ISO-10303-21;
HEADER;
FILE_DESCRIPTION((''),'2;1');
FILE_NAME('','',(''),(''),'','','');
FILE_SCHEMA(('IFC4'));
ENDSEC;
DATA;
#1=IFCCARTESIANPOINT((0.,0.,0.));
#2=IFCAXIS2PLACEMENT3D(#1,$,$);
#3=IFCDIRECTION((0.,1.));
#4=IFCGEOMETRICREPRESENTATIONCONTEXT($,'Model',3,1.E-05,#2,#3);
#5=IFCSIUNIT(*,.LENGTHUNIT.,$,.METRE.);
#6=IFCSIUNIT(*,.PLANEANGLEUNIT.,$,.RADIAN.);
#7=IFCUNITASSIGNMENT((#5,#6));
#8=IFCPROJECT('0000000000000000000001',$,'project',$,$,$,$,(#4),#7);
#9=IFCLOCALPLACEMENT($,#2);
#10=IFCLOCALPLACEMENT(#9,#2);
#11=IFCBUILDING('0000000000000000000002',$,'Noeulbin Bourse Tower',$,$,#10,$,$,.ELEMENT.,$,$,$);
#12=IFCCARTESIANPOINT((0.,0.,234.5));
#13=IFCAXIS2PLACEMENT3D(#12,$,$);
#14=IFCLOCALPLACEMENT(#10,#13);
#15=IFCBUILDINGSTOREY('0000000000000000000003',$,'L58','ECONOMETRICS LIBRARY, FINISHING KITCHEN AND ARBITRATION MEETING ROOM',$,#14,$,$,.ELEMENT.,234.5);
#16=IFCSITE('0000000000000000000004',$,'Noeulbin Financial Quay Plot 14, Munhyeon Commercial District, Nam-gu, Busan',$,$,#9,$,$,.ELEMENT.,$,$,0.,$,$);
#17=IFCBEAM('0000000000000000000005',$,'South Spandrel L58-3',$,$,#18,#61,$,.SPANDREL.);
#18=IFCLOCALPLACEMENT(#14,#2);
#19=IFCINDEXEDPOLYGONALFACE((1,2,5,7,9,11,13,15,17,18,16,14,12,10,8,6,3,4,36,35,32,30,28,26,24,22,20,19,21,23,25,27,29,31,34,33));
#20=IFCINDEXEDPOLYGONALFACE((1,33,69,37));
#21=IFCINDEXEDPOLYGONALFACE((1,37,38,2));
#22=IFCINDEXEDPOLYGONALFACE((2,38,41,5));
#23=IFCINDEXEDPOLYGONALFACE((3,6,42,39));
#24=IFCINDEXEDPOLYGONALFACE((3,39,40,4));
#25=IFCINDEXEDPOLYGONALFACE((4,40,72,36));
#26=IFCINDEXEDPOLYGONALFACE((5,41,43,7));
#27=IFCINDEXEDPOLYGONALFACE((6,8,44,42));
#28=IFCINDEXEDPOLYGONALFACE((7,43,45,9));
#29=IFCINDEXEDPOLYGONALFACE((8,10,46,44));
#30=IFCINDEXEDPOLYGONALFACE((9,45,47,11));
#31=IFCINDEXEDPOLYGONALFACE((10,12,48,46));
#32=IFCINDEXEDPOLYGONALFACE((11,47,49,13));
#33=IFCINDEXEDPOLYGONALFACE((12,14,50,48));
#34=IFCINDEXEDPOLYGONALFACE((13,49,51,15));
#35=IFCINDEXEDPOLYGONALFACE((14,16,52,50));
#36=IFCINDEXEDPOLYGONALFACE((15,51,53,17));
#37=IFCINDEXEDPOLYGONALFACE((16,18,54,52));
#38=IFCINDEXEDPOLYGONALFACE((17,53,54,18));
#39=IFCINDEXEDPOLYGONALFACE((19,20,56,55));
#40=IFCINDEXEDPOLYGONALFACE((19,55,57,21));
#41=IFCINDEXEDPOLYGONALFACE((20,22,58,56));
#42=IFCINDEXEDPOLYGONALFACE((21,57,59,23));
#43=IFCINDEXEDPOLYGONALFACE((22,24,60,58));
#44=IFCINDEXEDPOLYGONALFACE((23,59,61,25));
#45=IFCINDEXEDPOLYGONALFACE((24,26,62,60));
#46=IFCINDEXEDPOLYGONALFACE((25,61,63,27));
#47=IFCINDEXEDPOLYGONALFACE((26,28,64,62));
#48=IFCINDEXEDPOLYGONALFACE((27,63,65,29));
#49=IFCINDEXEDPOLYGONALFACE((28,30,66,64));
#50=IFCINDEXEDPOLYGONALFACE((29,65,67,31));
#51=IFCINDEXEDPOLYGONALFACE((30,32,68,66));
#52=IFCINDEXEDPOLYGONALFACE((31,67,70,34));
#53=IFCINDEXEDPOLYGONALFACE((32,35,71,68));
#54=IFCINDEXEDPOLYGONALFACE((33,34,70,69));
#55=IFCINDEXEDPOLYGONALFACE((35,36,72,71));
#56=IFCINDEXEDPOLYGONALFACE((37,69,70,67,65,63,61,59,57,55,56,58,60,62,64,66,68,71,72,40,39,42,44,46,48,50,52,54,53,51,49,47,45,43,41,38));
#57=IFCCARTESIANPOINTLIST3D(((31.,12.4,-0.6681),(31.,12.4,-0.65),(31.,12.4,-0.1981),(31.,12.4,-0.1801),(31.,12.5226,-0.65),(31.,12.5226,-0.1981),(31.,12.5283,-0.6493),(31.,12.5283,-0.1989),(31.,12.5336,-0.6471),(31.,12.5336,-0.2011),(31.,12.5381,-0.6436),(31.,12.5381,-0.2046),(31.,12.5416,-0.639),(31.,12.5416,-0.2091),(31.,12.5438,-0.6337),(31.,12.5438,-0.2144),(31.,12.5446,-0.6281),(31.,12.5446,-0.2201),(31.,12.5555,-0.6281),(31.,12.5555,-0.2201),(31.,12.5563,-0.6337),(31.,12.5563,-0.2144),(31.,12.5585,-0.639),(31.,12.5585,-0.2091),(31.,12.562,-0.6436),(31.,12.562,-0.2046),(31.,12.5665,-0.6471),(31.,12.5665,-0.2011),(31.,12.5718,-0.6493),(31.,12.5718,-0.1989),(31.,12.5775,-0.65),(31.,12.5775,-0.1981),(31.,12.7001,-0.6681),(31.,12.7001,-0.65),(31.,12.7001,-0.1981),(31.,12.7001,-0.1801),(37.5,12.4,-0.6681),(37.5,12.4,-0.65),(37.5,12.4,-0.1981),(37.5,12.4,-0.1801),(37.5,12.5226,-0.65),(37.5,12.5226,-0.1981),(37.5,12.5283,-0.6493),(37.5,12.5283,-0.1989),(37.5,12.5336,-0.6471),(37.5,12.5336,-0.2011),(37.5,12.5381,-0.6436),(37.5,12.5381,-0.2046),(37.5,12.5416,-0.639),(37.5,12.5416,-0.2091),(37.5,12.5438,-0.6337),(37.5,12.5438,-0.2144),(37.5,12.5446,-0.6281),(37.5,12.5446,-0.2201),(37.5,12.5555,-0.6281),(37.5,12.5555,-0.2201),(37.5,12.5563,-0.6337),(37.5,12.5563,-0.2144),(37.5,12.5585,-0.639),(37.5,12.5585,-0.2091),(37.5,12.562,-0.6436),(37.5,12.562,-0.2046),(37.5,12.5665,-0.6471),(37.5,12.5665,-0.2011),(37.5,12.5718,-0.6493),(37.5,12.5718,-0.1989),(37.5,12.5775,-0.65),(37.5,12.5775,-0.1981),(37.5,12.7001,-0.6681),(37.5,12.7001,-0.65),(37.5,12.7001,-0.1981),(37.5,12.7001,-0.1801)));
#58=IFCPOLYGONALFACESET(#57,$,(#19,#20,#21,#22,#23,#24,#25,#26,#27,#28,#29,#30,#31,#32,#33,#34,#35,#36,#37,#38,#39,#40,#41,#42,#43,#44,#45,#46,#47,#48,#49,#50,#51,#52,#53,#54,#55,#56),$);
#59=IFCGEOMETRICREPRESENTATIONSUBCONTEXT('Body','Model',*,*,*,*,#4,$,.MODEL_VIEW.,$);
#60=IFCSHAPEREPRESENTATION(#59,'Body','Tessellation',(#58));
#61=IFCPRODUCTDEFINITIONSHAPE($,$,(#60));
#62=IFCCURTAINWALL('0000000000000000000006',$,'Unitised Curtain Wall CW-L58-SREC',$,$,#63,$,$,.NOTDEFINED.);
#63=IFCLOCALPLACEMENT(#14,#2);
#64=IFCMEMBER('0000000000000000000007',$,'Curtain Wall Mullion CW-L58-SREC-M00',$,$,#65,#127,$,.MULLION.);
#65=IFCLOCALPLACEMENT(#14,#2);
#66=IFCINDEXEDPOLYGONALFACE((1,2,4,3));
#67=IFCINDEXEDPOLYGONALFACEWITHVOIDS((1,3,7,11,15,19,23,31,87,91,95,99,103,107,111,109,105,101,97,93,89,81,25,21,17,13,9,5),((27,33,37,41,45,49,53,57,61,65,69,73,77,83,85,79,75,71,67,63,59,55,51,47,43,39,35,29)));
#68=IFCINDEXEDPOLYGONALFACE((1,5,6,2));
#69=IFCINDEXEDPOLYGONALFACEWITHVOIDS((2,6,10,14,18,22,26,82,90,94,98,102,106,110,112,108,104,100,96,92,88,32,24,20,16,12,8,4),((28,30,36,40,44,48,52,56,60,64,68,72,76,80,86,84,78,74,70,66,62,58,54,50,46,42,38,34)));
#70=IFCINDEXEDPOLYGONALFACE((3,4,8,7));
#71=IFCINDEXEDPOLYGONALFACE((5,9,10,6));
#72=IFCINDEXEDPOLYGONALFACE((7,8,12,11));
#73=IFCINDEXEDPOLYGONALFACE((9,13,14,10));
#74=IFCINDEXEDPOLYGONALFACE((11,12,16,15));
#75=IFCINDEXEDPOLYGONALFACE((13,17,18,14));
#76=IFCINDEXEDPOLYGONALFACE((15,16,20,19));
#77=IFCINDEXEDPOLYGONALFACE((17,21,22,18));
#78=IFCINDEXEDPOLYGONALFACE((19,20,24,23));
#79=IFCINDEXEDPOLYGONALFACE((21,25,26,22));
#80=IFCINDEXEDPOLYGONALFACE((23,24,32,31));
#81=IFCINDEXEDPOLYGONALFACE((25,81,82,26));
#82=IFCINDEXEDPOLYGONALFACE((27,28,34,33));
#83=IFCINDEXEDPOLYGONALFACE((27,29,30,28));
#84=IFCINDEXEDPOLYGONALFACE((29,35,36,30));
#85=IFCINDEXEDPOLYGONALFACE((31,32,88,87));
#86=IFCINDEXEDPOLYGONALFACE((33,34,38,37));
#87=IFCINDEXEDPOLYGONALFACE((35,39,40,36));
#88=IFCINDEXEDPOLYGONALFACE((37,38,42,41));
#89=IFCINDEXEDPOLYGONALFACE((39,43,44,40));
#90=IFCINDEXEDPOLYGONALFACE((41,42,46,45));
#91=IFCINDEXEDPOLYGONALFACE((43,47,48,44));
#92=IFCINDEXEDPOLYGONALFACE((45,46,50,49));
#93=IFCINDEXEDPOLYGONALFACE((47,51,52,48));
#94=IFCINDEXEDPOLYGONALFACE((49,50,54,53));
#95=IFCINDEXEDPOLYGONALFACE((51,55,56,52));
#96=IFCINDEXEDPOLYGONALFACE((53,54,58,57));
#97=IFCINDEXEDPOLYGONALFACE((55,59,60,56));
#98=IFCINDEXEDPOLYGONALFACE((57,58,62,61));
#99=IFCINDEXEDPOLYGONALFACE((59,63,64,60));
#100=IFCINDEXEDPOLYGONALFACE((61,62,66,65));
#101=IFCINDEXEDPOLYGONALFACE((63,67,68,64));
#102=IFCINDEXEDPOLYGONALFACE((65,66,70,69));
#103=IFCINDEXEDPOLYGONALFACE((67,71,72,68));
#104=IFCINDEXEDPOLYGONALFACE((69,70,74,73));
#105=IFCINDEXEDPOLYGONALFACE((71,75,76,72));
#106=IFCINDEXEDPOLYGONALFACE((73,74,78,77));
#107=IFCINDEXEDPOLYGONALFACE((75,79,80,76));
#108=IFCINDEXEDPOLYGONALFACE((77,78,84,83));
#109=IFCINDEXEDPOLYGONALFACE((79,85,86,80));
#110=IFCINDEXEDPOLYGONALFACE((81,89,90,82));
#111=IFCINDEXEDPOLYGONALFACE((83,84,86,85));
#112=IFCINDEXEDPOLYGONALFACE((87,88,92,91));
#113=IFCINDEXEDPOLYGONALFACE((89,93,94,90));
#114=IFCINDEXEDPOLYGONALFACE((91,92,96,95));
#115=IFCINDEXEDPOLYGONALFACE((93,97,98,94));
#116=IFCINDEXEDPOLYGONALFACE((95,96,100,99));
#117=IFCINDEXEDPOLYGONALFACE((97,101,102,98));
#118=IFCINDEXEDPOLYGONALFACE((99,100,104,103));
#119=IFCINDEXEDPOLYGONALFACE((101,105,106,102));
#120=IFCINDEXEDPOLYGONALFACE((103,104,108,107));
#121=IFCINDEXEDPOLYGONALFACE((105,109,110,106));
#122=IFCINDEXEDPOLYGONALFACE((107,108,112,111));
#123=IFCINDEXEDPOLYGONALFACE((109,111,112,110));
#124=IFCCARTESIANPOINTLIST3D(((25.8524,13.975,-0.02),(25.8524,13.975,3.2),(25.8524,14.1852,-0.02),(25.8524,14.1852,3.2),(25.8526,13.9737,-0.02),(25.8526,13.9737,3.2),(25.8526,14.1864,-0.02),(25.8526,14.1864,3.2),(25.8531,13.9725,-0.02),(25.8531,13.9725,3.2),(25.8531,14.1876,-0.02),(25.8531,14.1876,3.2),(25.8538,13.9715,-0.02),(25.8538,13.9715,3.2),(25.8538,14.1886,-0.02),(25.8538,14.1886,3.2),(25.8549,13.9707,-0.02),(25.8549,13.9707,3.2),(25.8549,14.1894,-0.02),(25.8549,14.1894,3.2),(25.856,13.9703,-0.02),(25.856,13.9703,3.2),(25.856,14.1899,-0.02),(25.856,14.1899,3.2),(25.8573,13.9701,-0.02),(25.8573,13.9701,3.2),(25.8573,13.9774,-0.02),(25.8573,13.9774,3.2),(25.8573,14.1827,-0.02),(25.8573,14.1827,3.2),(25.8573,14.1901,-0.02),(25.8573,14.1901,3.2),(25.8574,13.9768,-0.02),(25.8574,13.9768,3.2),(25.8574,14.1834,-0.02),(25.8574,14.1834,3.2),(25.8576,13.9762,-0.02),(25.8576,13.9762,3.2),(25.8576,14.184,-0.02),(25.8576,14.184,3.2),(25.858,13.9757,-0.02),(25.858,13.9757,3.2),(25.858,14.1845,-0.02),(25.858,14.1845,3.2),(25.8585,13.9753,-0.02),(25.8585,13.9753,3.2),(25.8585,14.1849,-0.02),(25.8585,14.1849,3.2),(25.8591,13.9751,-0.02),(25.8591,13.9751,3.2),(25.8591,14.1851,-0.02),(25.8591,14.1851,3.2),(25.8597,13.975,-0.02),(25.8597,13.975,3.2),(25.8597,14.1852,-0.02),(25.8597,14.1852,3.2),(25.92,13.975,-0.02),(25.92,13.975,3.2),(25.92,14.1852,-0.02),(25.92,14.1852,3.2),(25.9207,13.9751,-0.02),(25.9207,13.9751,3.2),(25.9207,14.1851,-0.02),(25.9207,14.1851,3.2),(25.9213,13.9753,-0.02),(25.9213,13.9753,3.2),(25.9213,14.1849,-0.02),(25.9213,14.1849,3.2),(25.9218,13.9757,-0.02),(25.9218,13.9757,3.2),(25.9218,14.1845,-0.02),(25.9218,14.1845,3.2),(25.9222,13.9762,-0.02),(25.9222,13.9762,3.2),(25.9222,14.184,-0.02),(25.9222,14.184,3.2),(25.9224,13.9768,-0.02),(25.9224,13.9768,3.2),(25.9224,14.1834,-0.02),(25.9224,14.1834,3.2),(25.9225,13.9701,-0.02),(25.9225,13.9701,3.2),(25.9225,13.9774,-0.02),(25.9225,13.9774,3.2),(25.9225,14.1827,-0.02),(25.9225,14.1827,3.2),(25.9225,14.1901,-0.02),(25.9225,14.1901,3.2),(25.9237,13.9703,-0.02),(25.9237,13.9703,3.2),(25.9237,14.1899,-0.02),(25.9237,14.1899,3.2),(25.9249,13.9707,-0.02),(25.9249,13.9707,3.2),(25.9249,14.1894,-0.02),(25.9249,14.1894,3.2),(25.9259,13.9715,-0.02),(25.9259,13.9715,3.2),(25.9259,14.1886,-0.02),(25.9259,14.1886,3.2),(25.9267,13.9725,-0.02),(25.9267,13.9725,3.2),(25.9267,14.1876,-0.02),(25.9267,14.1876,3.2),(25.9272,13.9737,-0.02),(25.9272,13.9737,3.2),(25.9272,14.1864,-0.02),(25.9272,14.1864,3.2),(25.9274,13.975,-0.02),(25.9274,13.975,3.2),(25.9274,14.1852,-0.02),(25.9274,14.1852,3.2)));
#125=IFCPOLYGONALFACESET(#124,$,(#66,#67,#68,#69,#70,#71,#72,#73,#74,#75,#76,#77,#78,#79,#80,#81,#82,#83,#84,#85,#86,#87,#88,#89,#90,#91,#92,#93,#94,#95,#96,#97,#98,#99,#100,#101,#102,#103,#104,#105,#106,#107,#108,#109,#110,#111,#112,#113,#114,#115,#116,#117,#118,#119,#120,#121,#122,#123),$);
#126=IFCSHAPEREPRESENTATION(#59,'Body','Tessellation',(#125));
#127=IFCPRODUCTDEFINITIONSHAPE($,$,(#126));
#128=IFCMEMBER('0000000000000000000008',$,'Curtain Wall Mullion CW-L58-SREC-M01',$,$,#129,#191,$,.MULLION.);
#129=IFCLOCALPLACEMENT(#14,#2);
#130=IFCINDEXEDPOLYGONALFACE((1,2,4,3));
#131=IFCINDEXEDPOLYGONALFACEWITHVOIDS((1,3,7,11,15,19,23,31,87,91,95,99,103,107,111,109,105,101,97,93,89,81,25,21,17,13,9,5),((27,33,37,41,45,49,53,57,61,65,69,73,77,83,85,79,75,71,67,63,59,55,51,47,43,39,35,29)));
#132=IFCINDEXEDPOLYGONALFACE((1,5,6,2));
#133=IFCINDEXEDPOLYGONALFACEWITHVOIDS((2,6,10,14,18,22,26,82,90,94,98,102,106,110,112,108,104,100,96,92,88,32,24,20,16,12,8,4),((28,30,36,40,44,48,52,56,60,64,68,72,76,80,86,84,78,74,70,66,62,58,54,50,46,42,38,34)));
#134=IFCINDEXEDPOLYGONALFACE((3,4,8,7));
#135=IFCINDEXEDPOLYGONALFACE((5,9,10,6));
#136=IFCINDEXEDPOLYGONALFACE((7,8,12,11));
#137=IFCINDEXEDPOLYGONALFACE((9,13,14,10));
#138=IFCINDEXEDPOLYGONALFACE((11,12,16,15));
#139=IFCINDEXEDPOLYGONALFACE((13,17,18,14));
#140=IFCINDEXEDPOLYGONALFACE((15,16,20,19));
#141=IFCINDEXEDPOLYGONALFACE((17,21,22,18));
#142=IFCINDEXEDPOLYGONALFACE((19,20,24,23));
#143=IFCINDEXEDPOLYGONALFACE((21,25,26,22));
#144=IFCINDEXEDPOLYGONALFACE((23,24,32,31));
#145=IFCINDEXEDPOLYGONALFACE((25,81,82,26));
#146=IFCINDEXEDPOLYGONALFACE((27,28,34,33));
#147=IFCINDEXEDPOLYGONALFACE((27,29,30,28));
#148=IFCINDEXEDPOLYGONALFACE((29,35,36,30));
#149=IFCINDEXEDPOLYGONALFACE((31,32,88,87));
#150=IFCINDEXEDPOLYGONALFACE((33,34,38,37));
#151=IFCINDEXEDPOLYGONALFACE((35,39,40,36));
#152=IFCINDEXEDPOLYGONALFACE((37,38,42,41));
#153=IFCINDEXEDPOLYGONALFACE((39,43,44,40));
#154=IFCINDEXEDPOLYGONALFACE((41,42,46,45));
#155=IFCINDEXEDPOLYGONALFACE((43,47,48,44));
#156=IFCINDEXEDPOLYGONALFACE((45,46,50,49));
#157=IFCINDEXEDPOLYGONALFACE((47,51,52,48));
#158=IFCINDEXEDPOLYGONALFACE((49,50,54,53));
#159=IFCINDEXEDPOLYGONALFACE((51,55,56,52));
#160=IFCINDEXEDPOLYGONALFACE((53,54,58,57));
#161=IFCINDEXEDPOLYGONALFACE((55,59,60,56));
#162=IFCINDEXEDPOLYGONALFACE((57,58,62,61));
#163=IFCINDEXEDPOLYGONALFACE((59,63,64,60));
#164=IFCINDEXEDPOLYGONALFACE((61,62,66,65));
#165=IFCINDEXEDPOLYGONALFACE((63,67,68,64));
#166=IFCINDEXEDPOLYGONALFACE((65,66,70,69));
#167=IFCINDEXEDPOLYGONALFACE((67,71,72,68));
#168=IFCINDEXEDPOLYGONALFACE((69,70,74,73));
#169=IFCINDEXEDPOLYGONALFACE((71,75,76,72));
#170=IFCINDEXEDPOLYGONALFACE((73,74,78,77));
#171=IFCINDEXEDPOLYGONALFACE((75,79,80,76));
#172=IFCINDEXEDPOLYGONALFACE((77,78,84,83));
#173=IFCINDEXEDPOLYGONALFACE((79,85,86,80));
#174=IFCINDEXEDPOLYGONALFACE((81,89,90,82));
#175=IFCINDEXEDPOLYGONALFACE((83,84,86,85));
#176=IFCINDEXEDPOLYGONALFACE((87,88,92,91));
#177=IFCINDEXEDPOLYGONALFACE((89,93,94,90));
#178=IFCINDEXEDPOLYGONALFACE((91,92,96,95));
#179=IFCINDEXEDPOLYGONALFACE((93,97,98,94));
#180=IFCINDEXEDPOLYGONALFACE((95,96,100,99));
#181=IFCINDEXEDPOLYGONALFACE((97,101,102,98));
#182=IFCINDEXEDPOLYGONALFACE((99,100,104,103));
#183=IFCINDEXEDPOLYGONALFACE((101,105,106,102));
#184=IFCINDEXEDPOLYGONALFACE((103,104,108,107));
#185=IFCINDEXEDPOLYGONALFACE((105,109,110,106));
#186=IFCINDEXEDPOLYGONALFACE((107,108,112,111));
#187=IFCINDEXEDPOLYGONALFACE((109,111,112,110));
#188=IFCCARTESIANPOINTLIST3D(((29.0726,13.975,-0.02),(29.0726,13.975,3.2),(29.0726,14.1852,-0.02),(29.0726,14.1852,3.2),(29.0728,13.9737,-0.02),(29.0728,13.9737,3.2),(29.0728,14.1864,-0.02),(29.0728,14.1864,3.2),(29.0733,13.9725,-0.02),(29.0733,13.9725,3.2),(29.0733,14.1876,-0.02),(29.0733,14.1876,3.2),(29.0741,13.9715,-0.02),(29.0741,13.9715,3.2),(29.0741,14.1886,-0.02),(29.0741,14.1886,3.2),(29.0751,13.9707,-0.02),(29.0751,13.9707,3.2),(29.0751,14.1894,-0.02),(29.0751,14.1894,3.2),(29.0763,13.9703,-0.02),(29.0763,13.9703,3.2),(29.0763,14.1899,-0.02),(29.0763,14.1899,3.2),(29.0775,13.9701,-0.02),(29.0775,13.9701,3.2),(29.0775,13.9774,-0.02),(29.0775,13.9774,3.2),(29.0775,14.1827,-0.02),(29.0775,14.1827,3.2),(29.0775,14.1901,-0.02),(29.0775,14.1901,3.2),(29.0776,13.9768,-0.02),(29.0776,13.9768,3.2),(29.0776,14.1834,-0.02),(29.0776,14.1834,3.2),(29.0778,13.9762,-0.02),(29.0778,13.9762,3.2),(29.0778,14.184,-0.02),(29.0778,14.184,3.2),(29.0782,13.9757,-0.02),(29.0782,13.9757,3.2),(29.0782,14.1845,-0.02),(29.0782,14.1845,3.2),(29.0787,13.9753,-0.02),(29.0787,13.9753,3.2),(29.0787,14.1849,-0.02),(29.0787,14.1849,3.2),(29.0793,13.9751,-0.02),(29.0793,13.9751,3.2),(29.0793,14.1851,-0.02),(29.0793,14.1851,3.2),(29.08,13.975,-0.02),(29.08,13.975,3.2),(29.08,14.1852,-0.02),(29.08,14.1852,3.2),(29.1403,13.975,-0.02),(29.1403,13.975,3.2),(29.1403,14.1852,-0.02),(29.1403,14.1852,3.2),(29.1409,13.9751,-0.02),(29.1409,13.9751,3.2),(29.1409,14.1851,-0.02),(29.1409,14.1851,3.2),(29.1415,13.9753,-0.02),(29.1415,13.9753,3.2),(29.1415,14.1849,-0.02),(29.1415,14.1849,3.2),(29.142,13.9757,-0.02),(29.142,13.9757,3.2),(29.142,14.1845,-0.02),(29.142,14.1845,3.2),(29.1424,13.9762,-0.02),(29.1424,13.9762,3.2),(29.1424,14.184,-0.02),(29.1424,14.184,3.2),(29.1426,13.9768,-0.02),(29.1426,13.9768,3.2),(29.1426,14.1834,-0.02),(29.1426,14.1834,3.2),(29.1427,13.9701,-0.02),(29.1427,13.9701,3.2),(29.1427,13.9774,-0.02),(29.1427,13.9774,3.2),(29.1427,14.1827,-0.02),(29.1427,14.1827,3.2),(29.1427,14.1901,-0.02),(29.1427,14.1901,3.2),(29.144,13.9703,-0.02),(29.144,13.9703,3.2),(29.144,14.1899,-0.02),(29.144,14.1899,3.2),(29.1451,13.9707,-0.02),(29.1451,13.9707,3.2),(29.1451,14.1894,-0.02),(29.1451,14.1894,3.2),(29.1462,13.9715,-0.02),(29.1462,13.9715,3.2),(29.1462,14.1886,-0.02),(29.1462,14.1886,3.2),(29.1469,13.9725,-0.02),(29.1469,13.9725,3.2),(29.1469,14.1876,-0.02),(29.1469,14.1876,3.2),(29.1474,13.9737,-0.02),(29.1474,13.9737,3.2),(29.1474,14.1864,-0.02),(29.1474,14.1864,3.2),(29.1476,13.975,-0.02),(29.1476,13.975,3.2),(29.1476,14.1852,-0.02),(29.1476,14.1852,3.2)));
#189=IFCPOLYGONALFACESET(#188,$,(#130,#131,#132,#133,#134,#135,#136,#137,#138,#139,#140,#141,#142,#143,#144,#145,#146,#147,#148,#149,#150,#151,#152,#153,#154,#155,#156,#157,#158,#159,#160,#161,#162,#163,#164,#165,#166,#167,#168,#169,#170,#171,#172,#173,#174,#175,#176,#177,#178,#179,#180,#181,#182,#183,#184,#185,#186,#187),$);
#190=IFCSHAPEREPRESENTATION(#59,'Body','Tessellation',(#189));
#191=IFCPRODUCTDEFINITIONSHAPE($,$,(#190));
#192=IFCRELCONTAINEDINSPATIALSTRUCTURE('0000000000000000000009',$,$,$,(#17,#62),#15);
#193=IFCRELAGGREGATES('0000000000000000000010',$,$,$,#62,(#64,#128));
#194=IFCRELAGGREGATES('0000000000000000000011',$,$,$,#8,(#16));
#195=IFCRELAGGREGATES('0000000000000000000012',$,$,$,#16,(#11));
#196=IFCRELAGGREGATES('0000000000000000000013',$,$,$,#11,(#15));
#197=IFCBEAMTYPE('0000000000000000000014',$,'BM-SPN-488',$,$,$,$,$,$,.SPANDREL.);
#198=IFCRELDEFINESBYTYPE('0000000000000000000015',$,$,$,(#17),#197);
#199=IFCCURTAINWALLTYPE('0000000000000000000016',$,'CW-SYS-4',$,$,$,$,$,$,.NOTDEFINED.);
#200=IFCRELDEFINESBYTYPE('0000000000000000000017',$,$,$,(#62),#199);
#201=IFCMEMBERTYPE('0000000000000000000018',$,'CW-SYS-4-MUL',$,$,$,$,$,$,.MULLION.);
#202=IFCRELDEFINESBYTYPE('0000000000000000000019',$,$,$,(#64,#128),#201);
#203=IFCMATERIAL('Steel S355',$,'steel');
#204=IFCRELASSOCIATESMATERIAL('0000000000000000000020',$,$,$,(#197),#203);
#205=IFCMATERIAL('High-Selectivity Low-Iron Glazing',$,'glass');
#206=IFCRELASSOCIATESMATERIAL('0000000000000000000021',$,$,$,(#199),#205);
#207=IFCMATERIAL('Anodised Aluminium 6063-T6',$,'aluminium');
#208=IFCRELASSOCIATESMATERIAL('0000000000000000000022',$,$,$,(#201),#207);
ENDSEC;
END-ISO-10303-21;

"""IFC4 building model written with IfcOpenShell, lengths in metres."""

from ifc_helpers import new_model, si_unit, direction, frame, origin, origin_2d, place, context, subcontext, project, spatial, hollow_rectangle, i_section, extrude, material, material_profile, profile_set, type_object, element, aggregate, save


model = new_model("IFC4")

# Units and contexts
model_context = context("Model", 3, precision=1e-05, world=origin(), true_north=direction((0.0, 1.0)))
body_context = subcontext(model_context, "Body", "Model", "MODEL_VIEW")
ifc_project = project(units=[si_unit("LENGTHUNIT", "METRE"), si_unit("PLANEANGLEUNIT", "RADIAN")], contexts=[model_context])

# Site, building, storey
site_placement = place(None, origin())
site = spatial("IfcSite", under=ifc_project, at=site_placement, Name="Noeulbin Financial Quay Plot 14, Munhyeon Commercial District, Nam-gu, Busan", CompositionType="ELEMENT", RefElevation=0.0)
building_placement = place(site_placement, origin())
building = spatial("IfcBuilding", under=site, at=building_placement, Name="Noeulbin Bourse Tower", CompositionType="ELEMENT")
storey_placement = place(building_placement, frame((0.0, 0.0, 234.5)))
storey = spatial("IfcBuildingStorey", under=building, at=storey_placement, Name="L58", Description="ECONOMETRICS LIBRARY, FINISHING KITCHEN AND ARBITRATION MEETING ROOM", CompositionType="ELEMENT", Elevation=234.5)

# Shared definitions
ifc_material_1 = material(Name="Steel S355", Category="steel")

# Beam
ifc_material_profile_1 = material_profile(ifc_material_1, i_section(OverallWidth=0.3, OverallDepth=0.488, WebThickness=0.011, FlangeThickness=0.0181, FilletRadius=0.022, at=origin_2d()), Name="H-488x300x11x18", Category="LoadBearing")
ifc_profile_set_1 = profile_set([ifc_material_profile_1], Name="Steel S355")
beam_type_1 = type_object("IfcBeamType", Name="BM-SPN-488", PredefinedType="SPANDREL", material=ifc_profile_set_1)
beam_1_placement = place(storey_placement, frame((31.0, 12.55, -0.4241), z_axis=(1.0, 0.0, 0.0), x_axis=(0.0, 1.0, 0.0)))
element("IfcBeam", 1, at=beam_1_placement, inside=storey, type_object=beam_type_1, Name="South Spandrel L58-3", PredefinedType="SPANDREL", context=body_context, shape_type="SweptSolid", body=[
    extrude(i_section(OverallWidth=0.3, OverallDepth=0.488, WebThickness=0.011, FlangeThickness=0.0181, FilletRadius=0.022, at=origin_2d()), origin(), (0.0, 0.0, 1.0), 6.5),
])

# Curtain wall, members
ifc_material_2 = material(Name="High-Selectivity Low-Iron Glazing", Category="glass")
curtain_wall_type = type_object("IfcCurtainWallType", Name="CW-SYS-4", PredefinedType="NOTDEFINED", material=ifc_material_2)
curtain_wall_1_placement = place(storey_placement, origin())
curtain_wall_1 = element("IfcCurtainWall", 2, at=curtain_wall_1_placement, inside=storey, type_object=curtain_wall_type, Name="Unitised Curtain Wall CW-L58-SREC", PredefinedType="NOTDEFINED")
ifc_material_3 = material(Name="Anodised Aluminium 6063-T6", Category="aluminium")
ifc_material_profile_2 = material_profile(ifc_material_3, hollow_rectangle(XDim=0.075, YDim=0.22, WallThickness=0.0049, InnerFilletRadius=0.0024, OuterFilletRadius=0.0049, at=origin_2d()), Name="ALU-MULL-75x220x5", Category="LoadBearing")
ifc_profile_set_2 = profile_set([ifc_material_profile_2], Name="Anodised Aluminium 6063-T6")
member_type_1 = type_object("IfcMemberType", Name="CW-SYS-4-MUL", PredefinedType="MULLION", material=ifc_profile_set_2)
member_1_placement = place(storey_placement, frame((25.8899, 14.0801, -0.02), z_axis=(0.0, 0.0, 1.0), x_axis=(1.0, 0.0, 0.0)))
member_1 = element("IfcMember", 3, at=member_1_placement, type_object=member_type_1, Name="Curtain Wall Mullion CW-L58-SREC-M00", PredefinedType="MULLION", context=body_context, shape_type="SweptSolid", body=[
    extrude(hollow_rectangle(XDim=0.075, YDim=0.22, WallThickness=0.0049, InnerFilletRadius=0.0024, OuterFilletRadius=0.0049, at=origin_2d()), origin(), (0.0, 0.0, 1.0), 3.22),
])
member_2_placement = place(storey_placement, frame((29.1101, 14.0801, -0.02), z_axis=(0.0, 0.0, 1.0), x_axis=(1.0, 0.0, 0.0)))
member_2 = element("IfcMember", 4, at=member_2_placement, type_object=member_type_1, Name="Curtain Wall Mullion CW-L58-SREC-M01", PredefinedType="MULLION", context=body_context, shape_type="SweptSolid", body=[
    extrude(hollow_rectangle(XDim=0.075, YDim=0.22, WallThickness=0.0049, InnerFilletRadius=0.0024, OuterFilletRadius=0.0049, at=origin_2d()), origin(), (0.0, 0.0, 1.0), 3.22),
])

aggregate(curtain_wall_1, [member_1, member_2])

save(model, "model.ifc")
